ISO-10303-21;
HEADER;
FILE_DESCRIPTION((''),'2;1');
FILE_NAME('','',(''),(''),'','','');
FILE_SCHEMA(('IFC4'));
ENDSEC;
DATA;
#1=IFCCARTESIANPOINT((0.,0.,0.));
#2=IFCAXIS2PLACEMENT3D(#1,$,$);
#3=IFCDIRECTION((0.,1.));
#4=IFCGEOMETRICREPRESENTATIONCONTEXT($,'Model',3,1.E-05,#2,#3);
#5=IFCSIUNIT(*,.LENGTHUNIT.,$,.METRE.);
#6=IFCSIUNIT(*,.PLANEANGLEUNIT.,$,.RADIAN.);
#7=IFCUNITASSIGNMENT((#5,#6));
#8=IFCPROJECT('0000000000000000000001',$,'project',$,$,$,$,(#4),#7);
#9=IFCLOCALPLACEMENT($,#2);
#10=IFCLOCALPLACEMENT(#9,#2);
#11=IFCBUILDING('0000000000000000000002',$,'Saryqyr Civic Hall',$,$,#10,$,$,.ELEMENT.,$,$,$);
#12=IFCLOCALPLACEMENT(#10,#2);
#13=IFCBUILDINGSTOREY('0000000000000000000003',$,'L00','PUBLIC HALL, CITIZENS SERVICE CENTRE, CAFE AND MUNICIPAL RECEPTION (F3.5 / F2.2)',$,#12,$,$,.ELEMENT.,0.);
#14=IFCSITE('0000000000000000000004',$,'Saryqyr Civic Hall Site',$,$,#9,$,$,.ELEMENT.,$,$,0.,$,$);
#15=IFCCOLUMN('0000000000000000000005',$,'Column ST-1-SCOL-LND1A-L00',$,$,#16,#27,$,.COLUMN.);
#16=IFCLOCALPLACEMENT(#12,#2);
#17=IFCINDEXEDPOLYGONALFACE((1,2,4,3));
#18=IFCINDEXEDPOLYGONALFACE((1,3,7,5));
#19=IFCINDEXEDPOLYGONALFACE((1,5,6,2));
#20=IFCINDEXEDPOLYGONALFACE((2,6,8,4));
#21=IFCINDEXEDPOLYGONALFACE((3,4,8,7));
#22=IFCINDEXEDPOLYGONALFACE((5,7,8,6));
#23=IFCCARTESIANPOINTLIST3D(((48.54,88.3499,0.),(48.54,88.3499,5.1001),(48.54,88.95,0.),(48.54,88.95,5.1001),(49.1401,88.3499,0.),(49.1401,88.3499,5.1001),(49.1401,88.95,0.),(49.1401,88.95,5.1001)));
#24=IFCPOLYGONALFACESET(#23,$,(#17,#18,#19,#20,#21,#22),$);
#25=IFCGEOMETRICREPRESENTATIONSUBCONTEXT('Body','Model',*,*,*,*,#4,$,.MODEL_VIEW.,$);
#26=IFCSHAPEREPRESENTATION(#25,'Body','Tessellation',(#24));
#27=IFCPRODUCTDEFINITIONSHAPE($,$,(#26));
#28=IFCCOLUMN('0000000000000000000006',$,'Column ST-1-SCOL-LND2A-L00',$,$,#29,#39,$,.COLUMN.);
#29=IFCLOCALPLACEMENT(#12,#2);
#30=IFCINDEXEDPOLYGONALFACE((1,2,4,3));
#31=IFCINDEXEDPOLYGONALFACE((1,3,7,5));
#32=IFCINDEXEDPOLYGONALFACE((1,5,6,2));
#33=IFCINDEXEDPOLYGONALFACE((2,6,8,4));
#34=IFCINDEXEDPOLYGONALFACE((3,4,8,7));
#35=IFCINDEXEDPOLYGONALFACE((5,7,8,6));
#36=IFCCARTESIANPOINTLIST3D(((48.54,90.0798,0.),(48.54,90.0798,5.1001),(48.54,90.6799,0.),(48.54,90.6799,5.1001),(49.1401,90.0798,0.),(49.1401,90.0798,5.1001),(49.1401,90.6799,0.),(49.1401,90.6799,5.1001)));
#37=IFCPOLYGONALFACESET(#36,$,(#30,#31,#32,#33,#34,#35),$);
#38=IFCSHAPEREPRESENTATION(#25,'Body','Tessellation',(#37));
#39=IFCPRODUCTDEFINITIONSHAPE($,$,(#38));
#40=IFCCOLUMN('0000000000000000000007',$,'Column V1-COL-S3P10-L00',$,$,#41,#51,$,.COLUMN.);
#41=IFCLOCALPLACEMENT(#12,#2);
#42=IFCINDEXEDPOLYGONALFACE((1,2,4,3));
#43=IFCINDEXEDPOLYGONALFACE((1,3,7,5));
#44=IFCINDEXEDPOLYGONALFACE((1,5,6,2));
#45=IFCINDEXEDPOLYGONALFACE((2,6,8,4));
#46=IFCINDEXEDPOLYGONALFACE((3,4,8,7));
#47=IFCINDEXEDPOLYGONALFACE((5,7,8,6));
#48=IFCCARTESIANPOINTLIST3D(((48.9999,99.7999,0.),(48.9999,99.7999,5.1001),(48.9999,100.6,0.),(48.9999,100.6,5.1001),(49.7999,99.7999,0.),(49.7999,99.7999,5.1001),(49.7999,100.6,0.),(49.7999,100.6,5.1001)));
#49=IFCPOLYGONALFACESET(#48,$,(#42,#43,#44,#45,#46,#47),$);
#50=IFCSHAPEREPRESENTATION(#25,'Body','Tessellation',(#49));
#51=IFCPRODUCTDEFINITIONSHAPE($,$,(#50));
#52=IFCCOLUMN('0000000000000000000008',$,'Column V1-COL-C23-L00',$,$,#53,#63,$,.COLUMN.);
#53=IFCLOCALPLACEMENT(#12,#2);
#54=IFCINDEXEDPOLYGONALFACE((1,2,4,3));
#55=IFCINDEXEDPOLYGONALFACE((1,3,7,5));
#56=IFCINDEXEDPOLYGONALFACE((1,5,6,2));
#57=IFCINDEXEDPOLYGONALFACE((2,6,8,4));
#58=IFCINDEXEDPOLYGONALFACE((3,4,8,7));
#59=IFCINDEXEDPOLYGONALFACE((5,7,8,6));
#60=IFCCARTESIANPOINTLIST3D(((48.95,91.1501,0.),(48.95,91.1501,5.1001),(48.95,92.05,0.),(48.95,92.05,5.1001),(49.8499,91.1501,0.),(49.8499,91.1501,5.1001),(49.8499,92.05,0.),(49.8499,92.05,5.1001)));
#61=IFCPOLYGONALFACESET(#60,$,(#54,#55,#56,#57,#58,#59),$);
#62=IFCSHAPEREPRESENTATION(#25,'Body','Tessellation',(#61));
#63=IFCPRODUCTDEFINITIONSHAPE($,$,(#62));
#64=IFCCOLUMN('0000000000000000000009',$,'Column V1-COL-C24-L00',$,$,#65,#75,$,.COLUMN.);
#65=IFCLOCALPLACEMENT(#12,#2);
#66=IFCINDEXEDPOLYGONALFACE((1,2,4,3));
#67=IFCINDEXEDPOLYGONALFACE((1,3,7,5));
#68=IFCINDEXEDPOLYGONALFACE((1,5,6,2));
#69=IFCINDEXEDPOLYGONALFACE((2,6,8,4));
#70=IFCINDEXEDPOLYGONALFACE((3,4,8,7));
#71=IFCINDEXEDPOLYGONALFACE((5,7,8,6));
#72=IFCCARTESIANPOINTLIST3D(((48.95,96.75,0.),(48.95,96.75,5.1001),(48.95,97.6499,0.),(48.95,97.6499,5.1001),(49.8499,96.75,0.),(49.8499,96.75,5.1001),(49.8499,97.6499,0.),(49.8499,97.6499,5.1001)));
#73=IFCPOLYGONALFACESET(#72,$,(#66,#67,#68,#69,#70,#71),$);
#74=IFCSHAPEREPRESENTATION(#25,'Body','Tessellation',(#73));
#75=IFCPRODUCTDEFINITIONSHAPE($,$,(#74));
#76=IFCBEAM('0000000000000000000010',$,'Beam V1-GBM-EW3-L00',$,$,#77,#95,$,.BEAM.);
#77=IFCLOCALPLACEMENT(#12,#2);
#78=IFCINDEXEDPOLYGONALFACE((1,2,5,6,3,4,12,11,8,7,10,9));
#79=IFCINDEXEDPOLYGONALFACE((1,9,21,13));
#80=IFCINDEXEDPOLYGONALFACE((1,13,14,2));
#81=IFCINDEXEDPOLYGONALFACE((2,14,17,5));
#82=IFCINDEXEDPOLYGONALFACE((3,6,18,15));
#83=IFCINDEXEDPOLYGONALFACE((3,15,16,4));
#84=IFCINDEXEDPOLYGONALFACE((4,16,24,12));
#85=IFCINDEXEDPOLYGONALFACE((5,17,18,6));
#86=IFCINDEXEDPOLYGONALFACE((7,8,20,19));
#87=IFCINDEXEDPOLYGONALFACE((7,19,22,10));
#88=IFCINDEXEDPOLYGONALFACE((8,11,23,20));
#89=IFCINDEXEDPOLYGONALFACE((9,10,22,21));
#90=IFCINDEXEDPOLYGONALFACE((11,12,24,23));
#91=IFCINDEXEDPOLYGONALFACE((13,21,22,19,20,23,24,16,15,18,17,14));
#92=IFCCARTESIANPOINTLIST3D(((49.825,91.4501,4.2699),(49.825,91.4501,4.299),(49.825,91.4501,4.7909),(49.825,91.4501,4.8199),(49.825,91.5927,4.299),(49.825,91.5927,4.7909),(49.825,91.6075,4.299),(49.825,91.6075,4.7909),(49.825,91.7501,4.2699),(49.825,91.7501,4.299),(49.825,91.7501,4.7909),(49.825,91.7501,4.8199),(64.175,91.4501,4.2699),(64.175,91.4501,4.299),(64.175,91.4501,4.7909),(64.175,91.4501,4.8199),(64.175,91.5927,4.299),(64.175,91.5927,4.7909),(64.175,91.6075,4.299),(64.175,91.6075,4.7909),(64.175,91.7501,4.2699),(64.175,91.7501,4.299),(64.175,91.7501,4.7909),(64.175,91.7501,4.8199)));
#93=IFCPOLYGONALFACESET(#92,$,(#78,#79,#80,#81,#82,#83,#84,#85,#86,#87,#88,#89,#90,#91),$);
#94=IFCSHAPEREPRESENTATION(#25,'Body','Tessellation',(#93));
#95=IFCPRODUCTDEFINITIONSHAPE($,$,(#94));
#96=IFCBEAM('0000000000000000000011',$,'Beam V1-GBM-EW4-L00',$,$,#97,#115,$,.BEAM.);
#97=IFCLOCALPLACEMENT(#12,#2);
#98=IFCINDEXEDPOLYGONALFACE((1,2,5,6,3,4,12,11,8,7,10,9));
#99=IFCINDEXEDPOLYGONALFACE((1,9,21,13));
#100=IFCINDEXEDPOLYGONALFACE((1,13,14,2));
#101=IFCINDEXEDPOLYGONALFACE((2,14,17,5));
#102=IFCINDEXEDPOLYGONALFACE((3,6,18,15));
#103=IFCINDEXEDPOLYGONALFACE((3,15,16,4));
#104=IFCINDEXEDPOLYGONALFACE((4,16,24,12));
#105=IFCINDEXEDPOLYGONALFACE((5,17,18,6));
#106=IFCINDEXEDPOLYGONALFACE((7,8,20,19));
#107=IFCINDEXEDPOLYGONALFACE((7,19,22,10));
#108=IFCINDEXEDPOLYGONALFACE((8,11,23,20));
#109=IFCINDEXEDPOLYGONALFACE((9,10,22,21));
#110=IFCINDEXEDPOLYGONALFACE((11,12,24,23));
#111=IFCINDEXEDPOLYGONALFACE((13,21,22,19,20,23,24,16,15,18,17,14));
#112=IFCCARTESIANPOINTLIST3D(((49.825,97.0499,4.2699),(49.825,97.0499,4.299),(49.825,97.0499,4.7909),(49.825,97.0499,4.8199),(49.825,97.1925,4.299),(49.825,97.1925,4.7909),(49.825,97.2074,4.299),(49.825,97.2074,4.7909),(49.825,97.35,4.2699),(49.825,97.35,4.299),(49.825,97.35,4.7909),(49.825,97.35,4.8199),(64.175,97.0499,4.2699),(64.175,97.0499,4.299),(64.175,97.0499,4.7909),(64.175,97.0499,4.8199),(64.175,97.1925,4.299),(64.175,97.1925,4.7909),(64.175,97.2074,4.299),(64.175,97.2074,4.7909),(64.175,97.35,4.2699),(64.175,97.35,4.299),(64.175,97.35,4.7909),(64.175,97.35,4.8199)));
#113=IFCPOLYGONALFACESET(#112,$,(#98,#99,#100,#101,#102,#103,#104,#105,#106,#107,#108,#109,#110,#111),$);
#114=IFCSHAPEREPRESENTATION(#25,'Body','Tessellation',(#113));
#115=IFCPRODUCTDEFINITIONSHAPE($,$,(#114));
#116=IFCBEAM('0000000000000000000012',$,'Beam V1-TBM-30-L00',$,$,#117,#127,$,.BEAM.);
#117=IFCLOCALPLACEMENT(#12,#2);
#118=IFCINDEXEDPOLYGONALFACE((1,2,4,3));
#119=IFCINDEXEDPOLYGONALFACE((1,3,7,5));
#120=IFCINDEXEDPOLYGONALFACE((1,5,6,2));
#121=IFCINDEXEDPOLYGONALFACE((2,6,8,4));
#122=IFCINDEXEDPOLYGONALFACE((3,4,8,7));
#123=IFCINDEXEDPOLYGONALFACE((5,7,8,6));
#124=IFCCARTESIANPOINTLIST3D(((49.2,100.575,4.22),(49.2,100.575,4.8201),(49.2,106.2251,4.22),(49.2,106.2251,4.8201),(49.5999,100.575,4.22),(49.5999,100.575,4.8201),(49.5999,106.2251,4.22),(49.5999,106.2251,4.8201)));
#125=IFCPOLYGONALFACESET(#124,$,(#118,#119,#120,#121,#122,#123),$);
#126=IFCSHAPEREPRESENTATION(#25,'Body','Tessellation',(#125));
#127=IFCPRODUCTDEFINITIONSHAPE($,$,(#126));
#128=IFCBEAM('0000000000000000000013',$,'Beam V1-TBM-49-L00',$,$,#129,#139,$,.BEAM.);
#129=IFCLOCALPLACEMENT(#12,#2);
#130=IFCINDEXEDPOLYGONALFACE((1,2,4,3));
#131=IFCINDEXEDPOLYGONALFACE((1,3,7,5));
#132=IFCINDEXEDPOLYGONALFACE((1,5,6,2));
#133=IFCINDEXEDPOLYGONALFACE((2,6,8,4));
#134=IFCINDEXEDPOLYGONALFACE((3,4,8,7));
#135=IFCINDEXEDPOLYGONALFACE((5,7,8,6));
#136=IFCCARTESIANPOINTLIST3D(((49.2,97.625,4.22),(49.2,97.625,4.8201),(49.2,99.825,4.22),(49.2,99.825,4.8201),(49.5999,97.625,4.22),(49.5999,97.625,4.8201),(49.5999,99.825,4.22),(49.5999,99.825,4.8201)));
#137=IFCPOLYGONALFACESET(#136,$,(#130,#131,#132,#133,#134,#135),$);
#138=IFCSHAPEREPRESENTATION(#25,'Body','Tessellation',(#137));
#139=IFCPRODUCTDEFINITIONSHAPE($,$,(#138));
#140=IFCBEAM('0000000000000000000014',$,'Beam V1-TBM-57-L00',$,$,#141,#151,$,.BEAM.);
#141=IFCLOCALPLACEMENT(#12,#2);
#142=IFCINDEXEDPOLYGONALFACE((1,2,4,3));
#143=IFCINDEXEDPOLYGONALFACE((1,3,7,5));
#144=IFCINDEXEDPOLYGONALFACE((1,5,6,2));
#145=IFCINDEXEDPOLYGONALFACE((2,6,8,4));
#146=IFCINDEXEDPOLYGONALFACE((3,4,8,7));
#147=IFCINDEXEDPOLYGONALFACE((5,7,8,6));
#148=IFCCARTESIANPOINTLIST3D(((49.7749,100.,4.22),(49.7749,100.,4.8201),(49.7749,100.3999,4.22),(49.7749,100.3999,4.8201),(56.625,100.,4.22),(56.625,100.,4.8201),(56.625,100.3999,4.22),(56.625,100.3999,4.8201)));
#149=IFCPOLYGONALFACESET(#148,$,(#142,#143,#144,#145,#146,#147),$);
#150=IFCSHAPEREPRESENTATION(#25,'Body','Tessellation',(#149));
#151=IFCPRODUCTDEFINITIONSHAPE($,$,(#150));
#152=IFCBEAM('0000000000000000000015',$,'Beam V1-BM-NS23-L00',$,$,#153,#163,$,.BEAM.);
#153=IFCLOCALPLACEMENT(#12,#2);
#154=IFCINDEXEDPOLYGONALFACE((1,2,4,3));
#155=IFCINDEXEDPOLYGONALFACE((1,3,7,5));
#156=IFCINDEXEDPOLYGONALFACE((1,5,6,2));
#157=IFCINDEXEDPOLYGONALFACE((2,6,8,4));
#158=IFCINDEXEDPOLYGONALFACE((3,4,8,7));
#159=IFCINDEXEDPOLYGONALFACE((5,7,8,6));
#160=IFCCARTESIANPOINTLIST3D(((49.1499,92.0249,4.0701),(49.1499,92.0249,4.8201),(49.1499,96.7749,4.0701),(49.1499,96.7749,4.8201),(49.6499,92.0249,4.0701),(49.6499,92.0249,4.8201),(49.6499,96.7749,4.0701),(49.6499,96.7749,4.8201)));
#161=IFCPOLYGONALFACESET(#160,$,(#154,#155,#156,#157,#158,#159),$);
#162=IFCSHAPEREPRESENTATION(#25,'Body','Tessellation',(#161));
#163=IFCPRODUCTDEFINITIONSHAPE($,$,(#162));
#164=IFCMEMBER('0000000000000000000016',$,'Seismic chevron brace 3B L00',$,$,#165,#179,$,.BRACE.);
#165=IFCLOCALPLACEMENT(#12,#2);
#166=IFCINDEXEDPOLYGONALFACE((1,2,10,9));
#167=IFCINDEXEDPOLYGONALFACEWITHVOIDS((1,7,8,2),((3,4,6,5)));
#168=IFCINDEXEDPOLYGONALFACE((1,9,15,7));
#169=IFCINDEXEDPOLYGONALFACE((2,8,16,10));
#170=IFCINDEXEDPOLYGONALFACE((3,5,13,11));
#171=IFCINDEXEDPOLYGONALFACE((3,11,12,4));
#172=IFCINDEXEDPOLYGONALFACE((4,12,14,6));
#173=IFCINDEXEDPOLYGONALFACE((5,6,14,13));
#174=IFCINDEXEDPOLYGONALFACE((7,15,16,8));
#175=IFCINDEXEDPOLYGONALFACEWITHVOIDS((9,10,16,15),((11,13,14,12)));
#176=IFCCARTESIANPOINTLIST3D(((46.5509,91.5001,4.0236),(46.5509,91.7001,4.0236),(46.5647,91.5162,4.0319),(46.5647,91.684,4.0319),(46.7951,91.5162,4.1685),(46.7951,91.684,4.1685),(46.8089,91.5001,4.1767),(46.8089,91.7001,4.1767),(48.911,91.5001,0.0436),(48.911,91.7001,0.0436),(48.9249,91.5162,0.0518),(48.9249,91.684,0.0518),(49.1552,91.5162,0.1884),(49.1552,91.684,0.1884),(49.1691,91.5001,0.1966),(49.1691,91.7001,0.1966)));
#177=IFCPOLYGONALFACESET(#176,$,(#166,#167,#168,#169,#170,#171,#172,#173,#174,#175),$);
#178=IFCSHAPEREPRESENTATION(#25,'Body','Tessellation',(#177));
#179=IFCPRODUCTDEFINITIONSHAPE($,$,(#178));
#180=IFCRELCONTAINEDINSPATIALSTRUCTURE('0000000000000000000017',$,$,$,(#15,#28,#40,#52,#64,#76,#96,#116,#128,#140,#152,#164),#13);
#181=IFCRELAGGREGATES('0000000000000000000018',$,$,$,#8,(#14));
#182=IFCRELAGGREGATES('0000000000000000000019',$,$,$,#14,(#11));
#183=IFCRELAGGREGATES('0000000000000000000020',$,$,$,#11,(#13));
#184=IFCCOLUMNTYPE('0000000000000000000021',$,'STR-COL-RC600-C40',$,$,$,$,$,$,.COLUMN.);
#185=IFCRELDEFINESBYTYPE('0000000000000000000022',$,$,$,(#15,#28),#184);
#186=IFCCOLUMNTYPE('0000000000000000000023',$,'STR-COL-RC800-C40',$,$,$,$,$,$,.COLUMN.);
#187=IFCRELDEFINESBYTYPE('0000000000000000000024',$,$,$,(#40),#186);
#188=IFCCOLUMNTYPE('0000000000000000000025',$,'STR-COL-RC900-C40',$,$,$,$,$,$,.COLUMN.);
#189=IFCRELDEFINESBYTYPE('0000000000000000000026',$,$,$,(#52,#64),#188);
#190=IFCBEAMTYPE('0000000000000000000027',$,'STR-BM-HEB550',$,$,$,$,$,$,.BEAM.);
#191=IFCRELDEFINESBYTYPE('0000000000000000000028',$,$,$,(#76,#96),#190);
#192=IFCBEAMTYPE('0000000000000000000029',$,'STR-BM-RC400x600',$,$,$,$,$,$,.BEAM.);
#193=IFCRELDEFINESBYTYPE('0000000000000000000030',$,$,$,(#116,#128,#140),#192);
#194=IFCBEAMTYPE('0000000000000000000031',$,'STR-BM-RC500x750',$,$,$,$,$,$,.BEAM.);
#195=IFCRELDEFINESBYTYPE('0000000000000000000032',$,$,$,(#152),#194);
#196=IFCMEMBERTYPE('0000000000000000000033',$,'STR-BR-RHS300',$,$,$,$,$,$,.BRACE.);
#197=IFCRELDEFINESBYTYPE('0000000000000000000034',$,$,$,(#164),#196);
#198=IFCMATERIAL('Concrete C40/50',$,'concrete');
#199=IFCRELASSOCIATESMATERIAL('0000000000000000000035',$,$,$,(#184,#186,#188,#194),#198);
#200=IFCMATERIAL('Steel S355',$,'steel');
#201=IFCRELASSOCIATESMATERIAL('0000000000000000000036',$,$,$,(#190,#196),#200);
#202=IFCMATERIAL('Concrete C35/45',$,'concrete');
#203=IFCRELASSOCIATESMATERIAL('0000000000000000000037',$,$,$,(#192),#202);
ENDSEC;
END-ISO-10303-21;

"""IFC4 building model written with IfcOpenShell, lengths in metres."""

from ifc_helpers import new_model, si_unit, direction, frame, origin, origin_2d, place, context, subcontext, project, spatial, rectangle, hollow_rectangle, i_section, extrude, material, material_profile, profile_set, type_object, element, save


model = new_model("IFC4")

# Units and contexts
model_context = context("Model", 3, precision=1e-05, world=origin(), true_north=direction((0.0, 1.0)))
body_context = subcontext(model_context, "Body", "Model", "MODEL_VIEW")
ifc_project = project(units=[si_unit("LENGTHUNIT", "METRE"), si_unit("PLANEANGLEUNIT", "RADIAN")], contexts=[model_context])

# Site, building, storey
site_placement = place(None, origin())
site = spatial("IfcSite", under=ifc_project, at=site_placement, Name="Saryqyr Civic Hall Site", CompositionType="ELEMENT", RefElevation=0.0)
building_placement = place(site_placement, origin())
building = spatial("IfcBuilding", under=site, at=building_placement, Name="Saryqyr Civic Hall", CompositionType="ELEMENT")
storey_placement = place(building_placement, origin())
storey = spatial("IfcBuildingStorey", under=building, at=storey_placement, Name="L00", Description="PUBLIC HALL, CITIZENS SERVICE CENTRE, CAFE AND MUNICIPAL RECEPTION (F3.5 / F2.2)", CompositionType="ELEMENT", Elevation=0.0)

# Columns
ifc_material_1 = material(Name="Concrete C40/50", Category="concrete")
ifc_material_profile_1 = material_profile(ifc_material_1, rectangle(XDim=0.6001, YDim=0.6001, at=origin_2d()), Name="RC 600x600")
ifc_profile_set_1 = profile_set([ifc_material_profile_1], Name="Concrete C40/50")
column_type_1 = type_object("IfcColumnType", Name="STR-COL-RC600-C40", PredefinedType="COLUMN", material=ifc_profile_set_1)
for number, where, z_axis, x_axis, name in (
    (1, (48.8401, 88.6499, 0.0), (0.0, 0.0, 1.0), (1.0, 0.0, 0.0), "Column ST-1-SCOL-LND1A-L00"),
    (2, (48.8401, 90.3799, 0.0), (0.0, 0.0, 1.0), (1.0, 0.0, 0.0), "Column ST-1-SCOL-LND2A-L00"),
):
    element("IfcColumn", number, at=place(storey_placement, frame(where, z_axis=z_axis, x_axis=x_axis)), inside=storey, type_object=column_type_1, Name=name, PredefinedType="COLUMN", context=body_context, shape_type="SweptSolid", body=[
        extrude(rectangle(XDim=0.6001, YDim=0.6001, at=origin_2d()), origin(), (0.0, 0.0, 1.0), 5.1001),
    ])
ifc_material_profile_2 = material_profile(ifc_material_1, rectangle(XDim=0.8, YDim=0.8, at=origin_2d()), Name="RC 800x800")
ifc_profile_set_2 = profile_set([ifc_material_profile_2], Name="Concrete C40/50")
column_type_2 = type_object("IfcColumnType", Name="STR-COL-RC800-C40", PredefinedType="COLUMN", material=ifc_profile_set_2)
column_placement = place(storey_placement, frame((49.3999, 100.2, 0.0), z_axis=(0.0, 0.0, 1.0), x_axis=(1.0, 0.0, 0.0)))
element("IfcColumn", 3, at=column_placement, inside=storey, type_object=column_type_2, Name="Column V1-COL-S3P10-L00", PredefinedType="COLUMN", context=body_context, shape_type="SweptSolid", body=[
    extrude(rectangle(XDim=0.8, YDim=0.8, at=origin_2d()), origin(), (0.0, 0.0, 1.0), 5.1001),
])
ifc_material_profile_3 = material_profile(ifc_material_1, rectangle(XDim=0.8999, YDim=0.8999, at=origin_2d()), Name="RC 900x900")
ifc_profile_set_3 = profile_set([ifc_material_profile_3], Name="Concrete C40/50")
column_type_3 = type_object("IfcColumnType", Name="STR-COL-RC900-C40", PredefinedType="COLUMN", material=ifc_profile_set_3)
for number, where, z_axis, x_axis, name in (
    (4, (49.3999, 91.6001, 0.0), (0.0, 0.0, 1.0), (1.0, 0.0, 0.0), "Column V1-COL-C23-L00"),
    (5, (49.3999, 97.2, 0.0), (0.0, 0.0, 1.0), (1.0, 0.0, 0.0), "Column V1-COL-C24-L00"),
):
    element("IfcColumn", number, at=place(storey_placement, frame(where, z_axis=z_axis, x_axis=x_axis)), inside=storey, type_object=column_type_3, Name=name, PredefinedType="COLUMN", context=body_context, shape_type="SweptSolid", body=[
        extrude(rectangle(XDim=0.8999, YDim=0.8999, at=origin_2d()), origin(), (0.0, 0.0, 1.0), 5.1001),
    ])

# Beams
ifc_material_2 = material(Name="Steel S355", Category="steel")
ifc_material_profile_4 = material_profile(ifc_material_2, i_section(OverallWidth=0.3, OverallDepth=0.55, WebThickness=0.0149, FlangeThickness=0.0291, at=origin_2d()), Name="HEB 550")
ifc_profile_set_4 = profile_set([ifc_material_profile_4], Name="Steel S355")
beam_type_1 = type_object("IfcBeamType", Name="STR-BM-HEB550", PredefinedType="BEAM", material=ifc_profile_set_4)
for number, where, z_axis, x_axis, name in (
    (6, (49.825, 91.6001, 4.5449), (1.0, 0.0, 0.0), (0.0, 1.0, 0.0), "Beam V1-GBM-EW3-L00"),
    (7, (49.825, 97.2, 4.5449), (1.0, 0.0, 0.0), (0.0, 1.0, 0.0), "Beam V1-GBM-EW4-L00"),
):
    element("IfcBeam", number, at=place(storey_placement, frame(where, z_axis=z_axis, x_axis=x_axis)), inside=storey, type_object=beam_type_1, Name=name, PredefinedType="BEAM", context=body_context, shape_type="SweptSolid", body=[
        extrude(i_section(OverallWidth=0.3, OverallDepth=0.55, WebThickness=0.0149, FlangeThickness=0.0291, at=origin_2d()), origin(), (0.0, 0.0, 1.0), 14.3501),
    ])
ifc_material_3 = material(Name="Concrete C35/45", Category="concrete")
ifc_material_profile_5 = material_profile(ifc_material_3, rectangle(XDim=0.3999, YDim=0.6001, at=origin_2d()), Name="RC 400x600")
ifc_profile_set_5 = profile_set([ifc_material_profile_5], Name="Concrete C35/45")
beam_type_2 = type_object("IfcBeamType", Name="STR-BM-RC400x600", PredefinedType="BEAM", material=ifc_profile_set_5)
beam_1_placement = place(storey_placement, frame((49.3999, 100.575, 4.52), z_axis=(0.0, 1.0, 0.0), x_axis=(-1.0, 0.0, 0.0)))
element("IfcBeam", 8, at=beam_1_placement, inside=storey, type_object=beam_type_2, Name="Beam V1-TBM-30-L00", PredefinedType="BEAM", context=body_context, shape_type="SweptSolid", body=[
    extrude(rectangle(XDim=0.3999, YDim=0.6001, at=origin_2d()), origin(), (0.0, 0.0, 1.0), 5.6501),
])
beam_2_placement = place(storey_placement, frame((49.3999, 97.625, 4.52), z_axis=(0.0, 1.0, 0.0), x_axis=(-1.0, 0.0, 0.0)))
element("IfcBeam", 9, at=beam_2_placement, inside=storey, type_object=beam_type_2, Name="Beam V1-TBM-49-L00", PredefinedType="BEAM", context=body_context, shape_type="SweptSolid", body=[
    extrude(rectangle(XDim=0.3999, YDim=0.6001, at=origin_2d()), origin(), (0.0, 0.0, 1.0), 2.2),
])
beam_3_placement = place(storey_placement, frame((49.7749, 100.2, 4.52), z_axis=(1.0, 0.0, 0.0), x_axis=(0.0, 1.0, 0.0)))
element("IfcBeam", 10, at=beam_3_placement, inside=storey, type_object=beam_type_2, Name="Beam V1-TBM-57-L00", PredefinedType="BEAM", context=body_context, shape_type="SweptSolid", body=[
    extrude(rectangle(XDim=0.3999, YDim=0.6001, at=origin_2d()), origin(), (0.0, 0.0, 1.0), 6.8501),
])
ifc_material_profile_6 = material_profile(ifc_material_1, rectangle(XDim=0.5, YDim=0.75, at=origin_2d()), Name="RC 500x750")
ifc_profile_set_6 = profile_set([ifc_material_profile_6], Name="Concrete C40/50")
beam_type_3 = type_object("IfcBeamType", Name="STR-BM-RC500x750", PredefinedType="BEAM", material=ifc_profile_set_6)
beam_4_placement = place(storey_placement, frame((49.3999, 92.0249, 4.4451), z_axis=(0.0, 1.0, 0.0), x_axis=(-1.0, 0.0, 0.0)))
element("IfcBeam", 11, at=beam_4_placement, inside=storey, type_object=beam_type_3, Name="Beam V1-BM-NS23-L00", PredefinedType="BEAM", context=body_context, shape_type="SweptSolid", body=[
    extrude(rectangle(XDim=0.5, YDim=0.75, at=origin_2d()), origin(), (0.0, 0.0, 1.0), 4.75),
])

# Member
ifc_material_profile_7 = material_profile(ifc_material_2, hollow_rectangle(XDim=0.2, YDim=0.3, WallThickness=0.0161, at=origin_2d()), Name="RHS 300x200x16")
ifc_profile_set_7 = profile_set([ifc_material_profile_7], Name="Steel S355")
member_type = type_object("IfcMemberType", Name="STR-BR-RHS300", PredefinedType="BRACE", material=ifc_profile_set_7)
member_placement = place(storey_placement, frame((49.04, 91.6001, 0.1201), z_axis=(-0.510058, 0.0, 0.86014), x_axis=(0.0, -1.0, 0.0)))
element("IfcMember", 12, at=member_placement, inside=storey, type_object=member_type, Name="Seismic chevron brace 3B L00", PredefinedType="BRACE", context=body_context, shape_type="SweptSolid", body=[
    extrude(hollow_rectangle(XDim=0.2, YDim=0.3, WallThickness=0.0161, at=origin_2d()), origin(), (0.0, 0.0, 1.0), 4.6272),
])

save(model, "model.ifc")
